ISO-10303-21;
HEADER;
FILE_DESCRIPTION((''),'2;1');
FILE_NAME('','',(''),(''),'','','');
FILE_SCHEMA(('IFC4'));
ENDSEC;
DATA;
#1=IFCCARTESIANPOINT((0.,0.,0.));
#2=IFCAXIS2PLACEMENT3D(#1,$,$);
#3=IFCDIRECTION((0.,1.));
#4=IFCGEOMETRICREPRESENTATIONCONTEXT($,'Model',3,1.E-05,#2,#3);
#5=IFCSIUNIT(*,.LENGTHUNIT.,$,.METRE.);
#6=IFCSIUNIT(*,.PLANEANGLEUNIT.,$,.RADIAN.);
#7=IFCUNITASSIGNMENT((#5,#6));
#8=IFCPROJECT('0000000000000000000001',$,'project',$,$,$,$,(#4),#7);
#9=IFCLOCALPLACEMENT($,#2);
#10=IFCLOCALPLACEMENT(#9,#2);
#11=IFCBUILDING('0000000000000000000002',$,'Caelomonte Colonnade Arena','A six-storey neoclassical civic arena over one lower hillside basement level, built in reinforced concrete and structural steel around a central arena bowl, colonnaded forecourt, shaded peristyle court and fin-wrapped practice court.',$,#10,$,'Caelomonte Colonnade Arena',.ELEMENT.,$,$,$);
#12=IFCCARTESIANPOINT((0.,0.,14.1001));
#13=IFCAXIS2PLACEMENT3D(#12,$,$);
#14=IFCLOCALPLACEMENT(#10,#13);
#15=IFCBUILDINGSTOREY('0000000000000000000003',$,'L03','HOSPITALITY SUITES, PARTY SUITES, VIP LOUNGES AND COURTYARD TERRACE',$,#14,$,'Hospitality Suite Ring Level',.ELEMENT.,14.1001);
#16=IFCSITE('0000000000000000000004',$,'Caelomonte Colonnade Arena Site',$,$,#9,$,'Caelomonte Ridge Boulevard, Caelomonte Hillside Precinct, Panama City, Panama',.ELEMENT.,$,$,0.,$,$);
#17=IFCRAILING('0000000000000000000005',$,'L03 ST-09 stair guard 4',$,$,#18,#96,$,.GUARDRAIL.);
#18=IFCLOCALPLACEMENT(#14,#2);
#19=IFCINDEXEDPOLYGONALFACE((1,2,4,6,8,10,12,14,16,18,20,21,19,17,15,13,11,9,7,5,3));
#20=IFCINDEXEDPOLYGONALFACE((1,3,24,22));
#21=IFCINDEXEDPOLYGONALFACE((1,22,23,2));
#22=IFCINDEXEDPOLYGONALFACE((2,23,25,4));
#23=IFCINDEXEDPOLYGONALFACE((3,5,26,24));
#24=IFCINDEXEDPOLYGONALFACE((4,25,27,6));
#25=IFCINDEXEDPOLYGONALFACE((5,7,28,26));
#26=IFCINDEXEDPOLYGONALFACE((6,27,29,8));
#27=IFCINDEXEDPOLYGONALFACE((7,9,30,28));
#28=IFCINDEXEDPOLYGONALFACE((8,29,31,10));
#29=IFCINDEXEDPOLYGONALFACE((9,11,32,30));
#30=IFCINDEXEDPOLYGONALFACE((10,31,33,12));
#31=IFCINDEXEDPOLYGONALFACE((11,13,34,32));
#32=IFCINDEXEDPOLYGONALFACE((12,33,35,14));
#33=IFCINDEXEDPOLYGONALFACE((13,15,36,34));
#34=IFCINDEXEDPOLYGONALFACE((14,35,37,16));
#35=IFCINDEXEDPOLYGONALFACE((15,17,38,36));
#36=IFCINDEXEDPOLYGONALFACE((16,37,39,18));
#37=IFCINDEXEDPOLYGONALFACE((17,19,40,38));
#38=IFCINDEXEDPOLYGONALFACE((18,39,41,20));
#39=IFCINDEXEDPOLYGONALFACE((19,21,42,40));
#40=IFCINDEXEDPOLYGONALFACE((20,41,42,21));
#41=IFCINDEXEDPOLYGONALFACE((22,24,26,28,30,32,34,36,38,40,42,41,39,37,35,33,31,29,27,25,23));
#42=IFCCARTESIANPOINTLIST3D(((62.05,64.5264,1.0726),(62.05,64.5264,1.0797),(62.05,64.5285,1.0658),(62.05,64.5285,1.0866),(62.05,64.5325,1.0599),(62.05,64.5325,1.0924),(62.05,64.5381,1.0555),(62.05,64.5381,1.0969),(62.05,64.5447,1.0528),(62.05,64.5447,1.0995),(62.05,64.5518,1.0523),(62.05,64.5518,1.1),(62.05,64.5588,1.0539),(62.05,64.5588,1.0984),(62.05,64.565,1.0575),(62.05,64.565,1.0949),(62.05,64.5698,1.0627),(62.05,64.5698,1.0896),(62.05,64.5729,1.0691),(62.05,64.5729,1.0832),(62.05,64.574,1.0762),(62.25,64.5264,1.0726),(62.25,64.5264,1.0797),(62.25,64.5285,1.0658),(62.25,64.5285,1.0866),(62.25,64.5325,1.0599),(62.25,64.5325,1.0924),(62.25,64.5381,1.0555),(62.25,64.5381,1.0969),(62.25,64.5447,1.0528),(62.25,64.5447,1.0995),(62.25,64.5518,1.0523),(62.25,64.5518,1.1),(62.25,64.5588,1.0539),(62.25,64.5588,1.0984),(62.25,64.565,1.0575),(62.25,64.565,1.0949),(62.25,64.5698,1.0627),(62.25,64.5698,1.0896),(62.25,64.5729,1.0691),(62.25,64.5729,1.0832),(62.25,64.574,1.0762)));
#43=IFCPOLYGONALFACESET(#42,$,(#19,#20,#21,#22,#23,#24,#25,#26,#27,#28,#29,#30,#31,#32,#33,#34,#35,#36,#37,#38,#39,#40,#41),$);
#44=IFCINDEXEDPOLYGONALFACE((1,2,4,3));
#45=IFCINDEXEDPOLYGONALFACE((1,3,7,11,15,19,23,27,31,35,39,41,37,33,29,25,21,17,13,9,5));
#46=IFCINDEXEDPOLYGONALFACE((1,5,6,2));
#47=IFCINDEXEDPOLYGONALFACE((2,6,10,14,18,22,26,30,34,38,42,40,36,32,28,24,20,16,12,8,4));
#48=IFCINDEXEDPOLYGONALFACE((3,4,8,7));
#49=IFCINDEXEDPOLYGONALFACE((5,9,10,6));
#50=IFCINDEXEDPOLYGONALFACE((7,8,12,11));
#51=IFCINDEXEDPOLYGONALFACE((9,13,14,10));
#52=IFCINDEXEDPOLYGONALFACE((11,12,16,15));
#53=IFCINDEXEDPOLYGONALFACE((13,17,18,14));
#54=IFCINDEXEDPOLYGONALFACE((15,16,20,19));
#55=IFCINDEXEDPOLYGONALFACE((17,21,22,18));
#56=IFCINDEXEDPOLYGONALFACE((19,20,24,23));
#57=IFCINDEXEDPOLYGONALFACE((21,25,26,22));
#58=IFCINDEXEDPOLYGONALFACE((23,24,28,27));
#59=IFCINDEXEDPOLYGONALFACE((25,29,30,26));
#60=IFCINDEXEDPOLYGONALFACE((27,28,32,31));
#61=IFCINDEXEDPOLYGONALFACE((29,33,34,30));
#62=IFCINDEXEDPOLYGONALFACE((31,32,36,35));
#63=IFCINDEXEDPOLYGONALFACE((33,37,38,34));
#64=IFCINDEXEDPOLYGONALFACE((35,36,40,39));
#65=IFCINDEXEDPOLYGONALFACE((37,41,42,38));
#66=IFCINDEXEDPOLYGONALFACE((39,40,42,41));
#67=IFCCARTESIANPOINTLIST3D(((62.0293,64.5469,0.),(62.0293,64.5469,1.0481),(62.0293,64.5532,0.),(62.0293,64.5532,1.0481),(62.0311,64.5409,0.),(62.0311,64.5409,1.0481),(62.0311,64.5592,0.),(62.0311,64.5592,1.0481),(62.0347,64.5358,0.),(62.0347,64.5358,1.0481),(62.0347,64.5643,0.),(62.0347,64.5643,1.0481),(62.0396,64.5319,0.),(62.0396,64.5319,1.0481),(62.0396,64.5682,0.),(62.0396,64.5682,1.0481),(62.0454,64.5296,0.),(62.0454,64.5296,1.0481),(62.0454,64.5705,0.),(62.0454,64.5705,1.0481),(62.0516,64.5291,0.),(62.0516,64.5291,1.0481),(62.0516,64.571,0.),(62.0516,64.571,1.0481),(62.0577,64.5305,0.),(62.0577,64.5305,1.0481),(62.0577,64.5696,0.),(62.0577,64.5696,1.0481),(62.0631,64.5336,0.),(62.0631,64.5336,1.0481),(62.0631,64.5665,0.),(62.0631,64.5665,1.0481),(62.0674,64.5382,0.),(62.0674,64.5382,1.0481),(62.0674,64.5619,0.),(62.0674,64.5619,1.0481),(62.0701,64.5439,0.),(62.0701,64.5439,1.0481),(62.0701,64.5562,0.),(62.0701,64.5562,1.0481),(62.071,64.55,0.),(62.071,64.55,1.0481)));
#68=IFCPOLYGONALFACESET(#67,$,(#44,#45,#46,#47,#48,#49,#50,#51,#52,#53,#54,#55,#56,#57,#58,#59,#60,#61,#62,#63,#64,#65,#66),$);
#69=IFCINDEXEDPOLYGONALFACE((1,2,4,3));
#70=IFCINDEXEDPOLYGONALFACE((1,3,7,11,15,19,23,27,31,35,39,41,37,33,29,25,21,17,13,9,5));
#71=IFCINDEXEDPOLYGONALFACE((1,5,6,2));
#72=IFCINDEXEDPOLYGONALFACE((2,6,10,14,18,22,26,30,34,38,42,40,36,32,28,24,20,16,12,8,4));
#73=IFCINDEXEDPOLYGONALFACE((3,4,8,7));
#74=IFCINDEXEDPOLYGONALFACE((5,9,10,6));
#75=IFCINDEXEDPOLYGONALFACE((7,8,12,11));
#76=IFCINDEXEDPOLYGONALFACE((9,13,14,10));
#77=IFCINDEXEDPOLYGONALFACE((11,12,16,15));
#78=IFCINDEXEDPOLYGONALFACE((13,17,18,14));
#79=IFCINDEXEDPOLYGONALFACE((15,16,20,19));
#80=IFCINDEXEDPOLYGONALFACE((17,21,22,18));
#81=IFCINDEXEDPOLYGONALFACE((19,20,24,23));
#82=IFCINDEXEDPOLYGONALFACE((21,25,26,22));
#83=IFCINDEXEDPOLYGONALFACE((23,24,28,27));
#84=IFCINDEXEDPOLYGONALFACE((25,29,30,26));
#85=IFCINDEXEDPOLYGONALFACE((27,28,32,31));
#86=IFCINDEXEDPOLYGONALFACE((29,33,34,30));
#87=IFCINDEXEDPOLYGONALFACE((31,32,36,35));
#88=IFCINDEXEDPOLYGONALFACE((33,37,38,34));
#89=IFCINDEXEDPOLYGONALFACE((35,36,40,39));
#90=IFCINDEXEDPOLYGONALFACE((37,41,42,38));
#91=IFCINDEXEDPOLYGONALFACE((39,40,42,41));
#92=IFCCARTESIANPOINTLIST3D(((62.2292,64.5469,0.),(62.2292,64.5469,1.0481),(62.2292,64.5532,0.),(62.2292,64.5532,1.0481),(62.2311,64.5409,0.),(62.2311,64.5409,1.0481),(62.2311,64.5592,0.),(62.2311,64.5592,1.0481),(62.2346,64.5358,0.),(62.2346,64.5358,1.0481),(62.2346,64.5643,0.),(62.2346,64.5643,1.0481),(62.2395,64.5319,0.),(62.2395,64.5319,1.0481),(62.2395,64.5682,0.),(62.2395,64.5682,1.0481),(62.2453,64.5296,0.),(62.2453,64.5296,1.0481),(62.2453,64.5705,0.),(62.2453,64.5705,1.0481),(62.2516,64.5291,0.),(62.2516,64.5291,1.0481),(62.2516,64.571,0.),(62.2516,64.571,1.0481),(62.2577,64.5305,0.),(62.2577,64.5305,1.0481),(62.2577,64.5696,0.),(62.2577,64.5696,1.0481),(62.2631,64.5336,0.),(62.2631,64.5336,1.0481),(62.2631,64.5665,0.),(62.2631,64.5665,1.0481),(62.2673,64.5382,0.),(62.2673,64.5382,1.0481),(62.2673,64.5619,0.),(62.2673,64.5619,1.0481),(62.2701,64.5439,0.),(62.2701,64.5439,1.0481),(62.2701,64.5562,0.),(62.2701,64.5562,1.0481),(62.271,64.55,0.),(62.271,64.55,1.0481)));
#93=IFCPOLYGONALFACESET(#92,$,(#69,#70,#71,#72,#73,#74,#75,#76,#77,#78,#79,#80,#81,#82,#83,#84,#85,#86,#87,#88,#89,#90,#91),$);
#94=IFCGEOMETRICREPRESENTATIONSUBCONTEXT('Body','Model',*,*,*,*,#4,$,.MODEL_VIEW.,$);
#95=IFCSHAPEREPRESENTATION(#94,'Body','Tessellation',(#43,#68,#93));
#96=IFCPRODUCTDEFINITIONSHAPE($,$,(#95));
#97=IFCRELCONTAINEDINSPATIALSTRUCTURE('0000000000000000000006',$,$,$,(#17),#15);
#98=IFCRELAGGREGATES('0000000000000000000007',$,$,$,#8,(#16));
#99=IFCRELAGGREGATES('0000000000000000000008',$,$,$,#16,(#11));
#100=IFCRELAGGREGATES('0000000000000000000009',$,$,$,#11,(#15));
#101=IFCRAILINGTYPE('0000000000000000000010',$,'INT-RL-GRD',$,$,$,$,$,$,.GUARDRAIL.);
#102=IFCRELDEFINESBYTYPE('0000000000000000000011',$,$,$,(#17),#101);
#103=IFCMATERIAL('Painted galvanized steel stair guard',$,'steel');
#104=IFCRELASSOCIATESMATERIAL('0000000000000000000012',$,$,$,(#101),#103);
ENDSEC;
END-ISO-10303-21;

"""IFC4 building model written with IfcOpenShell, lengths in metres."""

from ifc_helpers import new_model, si_unit, direction, frame, origin, origin_2d, place, context, subcontext, project, spatial, circle, extrude, material, type_object, element, save


model = new_model("IFC4")

# Units and contexts
model_context = context("Model", 3, precision=1e-05, world=origin(), true_north=direction((0.0, 1.0)))
body_context = subcontext(model_context, "Body", "Model", "MODEL_VIEW")
ifc_project = project(units=[si_unit("LENGTHUNIT", "METRE"), si_unit("PLANEANGLEUNIT", "RADIAN")], contexts=[model_context])

# Site, building, storey
site_placement = place(None, origin())
site = spatial("IfcSite", under=ifc_project, at=site_placement, Name="Caelomonte Colonnade Arena Site", LongName="Caelomonte Ridge Boulevard, Caelomonte Hillside Precinct, Panama City, Panama", CompositionType="ELEMENT", RefElevation=0.0)
building_placement = place(site_placement, origin())
building = spatial("IfcBuilding", under=site, at=building_placement, Name="Caelomonte Colonnade Arena", Description="A six-storey neoclassical civic arena over one lower hillside basement level, built in reinforced concrete and structural steel around a central arena bowl, colonnaded forecourt, shaded peristyle court and fin-wrapped practice court.", LongName="Caelomonte Colonnade Arena", CompositionType="ELEMENT")
storey_placement = place(building_placement, frame((0.0, 0.0, 14.1001)))
storey = spatial("IfcBuildingStorey", under=building, at=storey_placement, Name="L03", Description="HOSPITALITY SUITES, PARTY SUITES, VIP LOUNGES AND COURTYARD TERRACE", LongName="Hospitality Suite Ring Level", CompositionType="ELEMENT", Elevation=14.1001)

# Railing
ifc_material_1 = material(Name="Painted galvanized steel stair guard", Category="steel")
railing_type_1 = type_object("IfcRailingType", Name="INT-RL-GRD", PredefinedType="GUARDRAIL", material=ifc_material_1)
railing_1_placement = place(storey_placement, frame((62.05, 64.55, 0.0)))
element("IfcRailing", 1, at=railing_1_placement, inside=storey, type_object=railing_type_1, Name="L03 ST-09 stair guard 4", PredefinedType="GUARDRAIL", context=body_context, shape_type="SweptSolid", body=[
    extrude(circle(Radius=0.0239, at=origin_2d()), frame((0.0, 0.0, 1.0762), z_axis=(1.0, 0.0, 0.0), x_axis=(0.0, 1.0, 0.0)), (0.0, 0.0, 1.0), 0.2),
    extrude(circle(Radius=0.021, at=origin_2d()), origin(), (0.0, 0.0, 1.0), 1.0481),
    extrude(circle(Radius=0.021, at=origin_2d()), frame((0.2, 0.0, 0.0)), (0.0, 0.0, 1.0), 1.0481),
])

save(model, "model.ifc")
